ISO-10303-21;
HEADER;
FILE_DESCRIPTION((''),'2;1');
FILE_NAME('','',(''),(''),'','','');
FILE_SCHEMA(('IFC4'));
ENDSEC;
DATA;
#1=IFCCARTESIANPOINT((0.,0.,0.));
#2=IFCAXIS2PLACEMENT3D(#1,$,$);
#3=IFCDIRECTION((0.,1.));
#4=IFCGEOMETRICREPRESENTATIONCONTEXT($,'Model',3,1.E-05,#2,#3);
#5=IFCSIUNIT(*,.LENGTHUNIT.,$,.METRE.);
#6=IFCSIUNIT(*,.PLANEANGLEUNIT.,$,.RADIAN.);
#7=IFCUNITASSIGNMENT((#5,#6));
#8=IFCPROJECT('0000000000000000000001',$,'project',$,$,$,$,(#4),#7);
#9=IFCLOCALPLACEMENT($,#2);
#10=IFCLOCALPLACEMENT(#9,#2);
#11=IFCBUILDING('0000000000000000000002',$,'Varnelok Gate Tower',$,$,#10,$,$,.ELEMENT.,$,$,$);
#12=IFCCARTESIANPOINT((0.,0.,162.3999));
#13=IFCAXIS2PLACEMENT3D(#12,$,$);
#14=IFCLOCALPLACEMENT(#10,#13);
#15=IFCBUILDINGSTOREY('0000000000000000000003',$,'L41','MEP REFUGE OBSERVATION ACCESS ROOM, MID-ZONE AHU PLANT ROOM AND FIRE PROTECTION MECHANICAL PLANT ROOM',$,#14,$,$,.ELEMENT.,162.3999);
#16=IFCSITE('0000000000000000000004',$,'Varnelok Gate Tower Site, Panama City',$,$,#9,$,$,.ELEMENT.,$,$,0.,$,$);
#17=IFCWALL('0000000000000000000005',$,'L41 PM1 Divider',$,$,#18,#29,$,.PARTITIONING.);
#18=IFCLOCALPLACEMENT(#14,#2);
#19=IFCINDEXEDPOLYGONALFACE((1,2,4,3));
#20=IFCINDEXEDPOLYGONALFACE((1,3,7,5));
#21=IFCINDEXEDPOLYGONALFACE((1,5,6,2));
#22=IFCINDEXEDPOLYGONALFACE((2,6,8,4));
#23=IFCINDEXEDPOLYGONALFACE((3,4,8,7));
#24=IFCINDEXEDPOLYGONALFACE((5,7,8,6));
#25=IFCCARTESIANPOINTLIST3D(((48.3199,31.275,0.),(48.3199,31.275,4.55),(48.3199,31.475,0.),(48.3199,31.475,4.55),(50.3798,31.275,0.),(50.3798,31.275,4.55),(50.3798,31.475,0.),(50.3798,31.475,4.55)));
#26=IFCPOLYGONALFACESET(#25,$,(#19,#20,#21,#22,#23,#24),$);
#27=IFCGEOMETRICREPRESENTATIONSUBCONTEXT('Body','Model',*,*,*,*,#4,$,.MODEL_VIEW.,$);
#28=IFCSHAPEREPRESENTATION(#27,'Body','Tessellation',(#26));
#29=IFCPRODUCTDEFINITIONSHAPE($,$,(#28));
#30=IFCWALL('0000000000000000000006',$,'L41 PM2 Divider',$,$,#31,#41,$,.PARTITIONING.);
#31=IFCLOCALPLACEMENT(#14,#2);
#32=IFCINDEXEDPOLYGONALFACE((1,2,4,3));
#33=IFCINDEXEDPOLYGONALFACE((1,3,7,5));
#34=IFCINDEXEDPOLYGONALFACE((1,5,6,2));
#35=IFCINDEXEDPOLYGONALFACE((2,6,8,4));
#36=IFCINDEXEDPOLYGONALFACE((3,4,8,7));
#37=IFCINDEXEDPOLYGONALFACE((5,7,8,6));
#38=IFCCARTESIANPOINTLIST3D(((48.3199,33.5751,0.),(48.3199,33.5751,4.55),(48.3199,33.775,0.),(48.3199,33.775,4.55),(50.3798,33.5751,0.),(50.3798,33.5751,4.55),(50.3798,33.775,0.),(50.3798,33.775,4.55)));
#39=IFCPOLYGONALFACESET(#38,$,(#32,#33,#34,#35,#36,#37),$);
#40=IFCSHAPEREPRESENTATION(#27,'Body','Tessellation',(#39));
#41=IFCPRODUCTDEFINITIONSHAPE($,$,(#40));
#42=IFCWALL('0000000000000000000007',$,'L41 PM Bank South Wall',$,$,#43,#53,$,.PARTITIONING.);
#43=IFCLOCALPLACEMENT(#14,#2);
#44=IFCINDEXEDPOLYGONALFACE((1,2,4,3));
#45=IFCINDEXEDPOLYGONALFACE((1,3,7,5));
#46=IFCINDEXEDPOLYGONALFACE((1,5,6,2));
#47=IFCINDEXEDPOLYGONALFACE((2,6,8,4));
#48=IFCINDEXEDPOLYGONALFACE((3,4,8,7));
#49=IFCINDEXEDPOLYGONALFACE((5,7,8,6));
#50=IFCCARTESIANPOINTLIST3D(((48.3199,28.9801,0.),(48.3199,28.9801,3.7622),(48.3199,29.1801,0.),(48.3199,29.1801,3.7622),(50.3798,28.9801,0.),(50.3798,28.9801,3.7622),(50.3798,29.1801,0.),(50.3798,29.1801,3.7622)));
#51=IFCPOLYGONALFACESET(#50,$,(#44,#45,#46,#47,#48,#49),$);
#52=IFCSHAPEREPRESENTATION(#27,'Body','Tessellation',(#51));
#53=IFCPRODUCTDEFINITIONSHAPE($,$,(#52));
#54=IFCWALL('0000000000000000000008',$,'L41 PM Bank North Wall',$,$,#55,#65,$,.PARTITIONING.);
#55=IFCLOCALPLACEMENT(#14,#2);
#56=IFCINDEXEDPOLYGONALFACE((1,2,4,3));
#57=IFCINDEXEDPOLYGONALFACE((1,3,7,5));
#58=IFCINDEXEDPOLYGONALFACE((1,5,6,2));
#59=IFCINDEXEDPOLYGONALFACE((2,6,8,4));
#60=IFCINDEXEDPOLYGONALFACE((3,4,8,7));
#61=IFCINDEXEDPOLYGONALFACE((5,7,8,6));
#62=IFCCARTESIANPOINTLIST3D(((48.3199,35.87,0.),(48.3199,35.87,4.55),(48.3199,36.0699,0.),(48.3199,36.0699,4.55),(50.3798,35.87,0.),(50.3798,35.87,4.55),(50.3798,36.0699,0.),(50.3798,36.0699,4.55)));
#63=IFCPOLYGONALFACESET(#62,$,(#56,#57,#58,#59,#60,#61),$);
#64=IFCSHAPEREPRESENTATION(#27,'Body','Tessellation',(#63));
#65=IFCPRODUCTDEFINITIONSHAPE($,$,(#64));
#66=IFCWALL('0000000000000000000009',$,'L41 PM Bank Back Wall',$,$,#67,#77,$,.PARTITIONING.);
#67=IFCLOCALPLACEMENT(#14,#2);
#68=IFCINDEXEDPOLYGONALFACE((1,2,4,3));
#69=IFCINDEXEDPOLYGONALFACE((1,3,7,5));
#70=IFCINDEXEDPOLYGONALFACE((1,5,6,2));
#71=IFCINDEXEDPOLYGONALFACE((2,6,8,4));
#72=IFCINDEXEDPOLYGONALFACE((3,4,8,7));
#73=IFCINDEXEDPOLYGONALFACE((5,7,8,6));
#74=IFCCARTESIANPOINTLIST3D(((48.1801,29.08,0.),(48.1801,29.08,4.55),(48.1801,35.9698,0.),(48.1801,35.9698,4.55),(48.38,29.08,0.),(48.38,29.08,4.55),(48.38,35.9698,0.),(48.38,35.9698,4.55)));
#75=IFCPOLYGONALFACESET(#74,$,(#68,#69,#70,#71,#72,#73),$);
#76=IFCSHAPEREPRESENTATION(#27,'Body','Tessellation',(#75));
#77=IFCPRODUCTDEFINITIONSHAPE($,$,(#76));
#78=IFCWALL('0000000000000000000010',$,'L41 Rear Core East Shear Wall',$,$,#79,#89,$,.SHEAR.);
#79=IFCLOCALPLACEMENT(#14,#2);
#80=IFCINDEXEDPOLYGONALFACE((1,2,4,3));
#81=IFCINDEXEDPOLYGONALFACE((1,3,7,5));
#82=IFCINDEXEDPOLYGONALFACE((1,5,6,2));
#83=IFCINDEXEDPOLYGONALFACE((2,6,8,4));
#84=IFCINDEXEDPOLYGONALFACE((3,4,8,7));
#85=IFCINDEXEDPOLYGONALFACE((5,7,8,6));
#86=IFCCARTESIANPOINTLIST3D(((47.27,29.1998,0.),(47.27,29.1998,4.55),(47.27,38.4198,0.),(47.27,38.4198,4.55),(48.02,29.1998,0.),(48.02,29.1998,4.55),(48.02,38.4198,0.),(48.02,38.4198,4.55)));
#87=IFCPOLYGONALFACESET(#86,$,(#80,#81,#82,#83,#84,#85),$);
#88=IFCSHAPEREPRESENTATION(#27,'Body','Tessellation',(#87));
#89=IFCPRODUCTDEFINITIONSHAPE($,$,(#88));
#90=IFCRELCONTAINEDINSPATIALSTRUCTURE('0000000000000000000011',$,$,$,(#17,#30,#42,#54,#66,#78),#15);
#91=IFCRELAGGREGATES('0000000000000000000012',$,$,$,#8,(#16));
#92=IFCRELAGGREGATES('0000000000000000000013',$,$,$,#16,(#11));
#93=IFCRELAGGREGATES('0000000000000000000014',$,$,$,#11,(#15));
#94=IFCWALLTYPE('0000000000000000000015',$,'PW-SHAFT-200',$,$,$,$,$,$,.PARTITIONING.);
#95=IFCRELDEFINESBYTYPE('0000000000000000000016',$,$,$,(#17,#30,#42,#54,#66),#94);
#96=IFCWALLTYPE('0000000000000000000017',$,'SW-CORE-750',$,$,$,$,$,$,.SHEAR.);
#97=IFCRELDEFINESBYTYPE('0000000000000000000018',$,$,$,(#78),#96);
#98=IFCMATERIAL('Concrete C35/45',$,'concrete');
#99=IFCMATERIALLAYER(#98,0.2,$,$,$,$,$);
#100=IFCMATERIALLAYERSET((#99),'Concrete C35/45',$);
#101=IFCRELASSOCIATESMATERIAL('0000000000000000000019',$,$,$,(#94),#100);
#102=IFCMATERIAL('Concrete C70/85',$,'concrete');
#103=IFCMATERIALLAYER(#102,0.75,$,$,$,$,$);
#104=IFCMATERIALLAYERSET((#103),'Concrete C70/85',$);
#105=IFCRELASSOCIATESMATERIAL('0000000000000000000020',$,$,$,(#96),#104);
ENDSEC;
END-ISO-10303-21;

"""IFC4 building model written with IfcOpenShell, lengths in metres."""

from ifc_helpers import new_model, si_unit, direction, frame, frame_2d, origin, place, context, subcontext, project, spatial, rectangle, extrude, material, layer, layer_set, type_object, element, save


model = new_model("IFC4")

# Units and contexts
model_context = context("Model", 3, precision=1e-05, world=origin(), true_north=direction((0.0, 1.0)))
body_context = subcontext(model_context, "Body", "Model", "MODEL_VIEW")
ifc_project = project(units=[si_unit("LENGTHUNIT", "METRE"), si_unit("PLANEANGLEUNIT", "RADIAN")], contexts=[model_context])

# Site, building, storey
site_placement = place(None, origin())
site = spatial("IfcSite", under=ifc_project, at=site_placement, Name="Varnelok Gate Tower Site, Panama City", CompositionType="ELEMENT", RefElevation=0.0)
building_placement = place(site_placement, origin())
building = spatial("IfcBuilding", under=site, at=building_placement, Name="Varnelok Gate Tower", CompositionType="ELEMENT")
storey_placement = place(building_placement, frame((0.0, 0.0, 162.3999)))
storey = spatial("IfcBuildingStorey", under=building, at=storey_placement, Name="L41", Description="MEP REFUGE OBSERVATION ACCESS ROOM, MID-ZONE AHU PLANT ROOM AND FIRE PROTECTION MECHANICAL PLANT ROOM", CompositionType="ELEMENT", Elevation=162.3999)

# Walls
ifc_material_1 = material(Name="Concrete C35/45", Category="concrete")
ifc_layer_1 = layer(ifc_material_1, 0.2)
ifc_layer_set_1 = layer_set([ifc_layer_1], Name="Concrete C35/45")
wall_type_1 = type_object("IfcWallType", Name="PW-SHAFT-200", PredefinedType="PARTITIONING", material=ifc_layer_set_1)
for number, where, z_axis, x_axis, name in (
    (1, (48.3201, 31.375, 0.0), (0.0, 0.0, 1.0), (1.0, 0.0, 0.0), "L41 PM1 Divider"),
    (2, (48.3201, 33.675, 0.0), (0.0, 0.0, 1.0), (1.0, 0.0, 0.0), "L41 PM2 Divider"),
):
    element("IfcWall", number, at=place(storey_placement, frame(where, z_axis=z_axis, x_axis=x_axis)), inside=storey, type_object=wall_type_1, Name=name, PredefinedType="PARTITIONING", context=body_context, shape_type="SweptSolid", body=[
        extrude(rectangle(XDim=2.0598, YDim=0.2, at=frame_2d((1.0298, 0.0))), origin(), (0.0, 0.0, 1.0), 4.55),
    ])
wall_1_placement = place(storey_placement, frame((48.3201, 29.0801, 0.0), z_axis=(0.0, 0.0, 1.0), x_axis=(1.0, 0.0, 0.0)))
element("IfcWall", 3, at=wall_1_placement, inside=storey, type_object=wall_type_1, Name="L41 PM Bank South Wall", PredefinedType="PARTITIONING", context=body_context, shape_type="SweptSolid", body=[
    extrude(rectangle(XDim=2.0598, YDim=0.2, at=frame_2d((1.0298, 0.0))), origin(), (0.0, 0.0, 1.0), 3.7622),
])
wall_2_placement = place(storey_placement, frame((48.3201, 35.97, 0.0), z_axis=(0.0, 0.0, 1.0), x_axis=(1.0, 0.0, 0.0)))
element("IfcWall", 4, at=wall_2_placement, inside=storey, type_object=wall_type_1, Name="L41 PM Bank North Wall", PredefinedType="PARTITIONING", context=body_context, shape_type="SweptSolid", body=[
    extrude(rectangle(XDim=2.0598, YDim=0.2, at=frame_2d((1.0298, 0.0))), origin(), (0.0, 0.0, 1.0), 4.55),
])
wall_3_placement = place(storey_placement, frame((48.28, 29.0801, 0.0), z_axis=(0.0, 0.0, 1.0), x_axis=(0.0, 1.0, 0.0)))
element("IfcWall", 5, at=wall_3_placement, inside=storey, type_object=wall_type_1, Name="L41 PM Bank Back Wall", PredefinedType="PARTITIONING", context=body_context, shape_type="SweptSolid", body=[
    extrude(rectangle(XDim=6.8899, YDim=0.2, at=frame_2d((3.4448, 0.0))), origin(), (0.0, 0.0, 1.0), 4.55),
])

# Wall
ifc_material_2 = material(Name="Concrete C70/85", Category="concrete")
ifc_layer_2 = layer(ifc_material_2, 0.75)
ifc_layer_set_2 = layer_set([ifc_layer_2], Name="Concrete C70/85")
wall_type_2 = type_object("IfcWallType", Name="SW-CORE-750", PredefinedType="SHEAR", material=ifc_layer_set_2)
wall_4_placement = place(storey_placement, frame((47.645, 29.2, 0.0), z_axis=(0.0, 0.0, 1.0), x_axis=(0.0, 1.0, 0.0)))
element("IfcWall", 6, at=wall_4_placement, inside=storey, type_object=wall_type_2, Name="L41 Rear Core East Shear Wall", PredefinedType="SHEAR", context=body_context, shape_type="SweptSolid", body=[
    extrude(rectangle(XDim=9.22, YDim=0.75, at=frame_2d((4.6099, 0.0))), origin(), (0.0, 0.0, 1.0), 4.55),
])

save(model, "model.ifc")
